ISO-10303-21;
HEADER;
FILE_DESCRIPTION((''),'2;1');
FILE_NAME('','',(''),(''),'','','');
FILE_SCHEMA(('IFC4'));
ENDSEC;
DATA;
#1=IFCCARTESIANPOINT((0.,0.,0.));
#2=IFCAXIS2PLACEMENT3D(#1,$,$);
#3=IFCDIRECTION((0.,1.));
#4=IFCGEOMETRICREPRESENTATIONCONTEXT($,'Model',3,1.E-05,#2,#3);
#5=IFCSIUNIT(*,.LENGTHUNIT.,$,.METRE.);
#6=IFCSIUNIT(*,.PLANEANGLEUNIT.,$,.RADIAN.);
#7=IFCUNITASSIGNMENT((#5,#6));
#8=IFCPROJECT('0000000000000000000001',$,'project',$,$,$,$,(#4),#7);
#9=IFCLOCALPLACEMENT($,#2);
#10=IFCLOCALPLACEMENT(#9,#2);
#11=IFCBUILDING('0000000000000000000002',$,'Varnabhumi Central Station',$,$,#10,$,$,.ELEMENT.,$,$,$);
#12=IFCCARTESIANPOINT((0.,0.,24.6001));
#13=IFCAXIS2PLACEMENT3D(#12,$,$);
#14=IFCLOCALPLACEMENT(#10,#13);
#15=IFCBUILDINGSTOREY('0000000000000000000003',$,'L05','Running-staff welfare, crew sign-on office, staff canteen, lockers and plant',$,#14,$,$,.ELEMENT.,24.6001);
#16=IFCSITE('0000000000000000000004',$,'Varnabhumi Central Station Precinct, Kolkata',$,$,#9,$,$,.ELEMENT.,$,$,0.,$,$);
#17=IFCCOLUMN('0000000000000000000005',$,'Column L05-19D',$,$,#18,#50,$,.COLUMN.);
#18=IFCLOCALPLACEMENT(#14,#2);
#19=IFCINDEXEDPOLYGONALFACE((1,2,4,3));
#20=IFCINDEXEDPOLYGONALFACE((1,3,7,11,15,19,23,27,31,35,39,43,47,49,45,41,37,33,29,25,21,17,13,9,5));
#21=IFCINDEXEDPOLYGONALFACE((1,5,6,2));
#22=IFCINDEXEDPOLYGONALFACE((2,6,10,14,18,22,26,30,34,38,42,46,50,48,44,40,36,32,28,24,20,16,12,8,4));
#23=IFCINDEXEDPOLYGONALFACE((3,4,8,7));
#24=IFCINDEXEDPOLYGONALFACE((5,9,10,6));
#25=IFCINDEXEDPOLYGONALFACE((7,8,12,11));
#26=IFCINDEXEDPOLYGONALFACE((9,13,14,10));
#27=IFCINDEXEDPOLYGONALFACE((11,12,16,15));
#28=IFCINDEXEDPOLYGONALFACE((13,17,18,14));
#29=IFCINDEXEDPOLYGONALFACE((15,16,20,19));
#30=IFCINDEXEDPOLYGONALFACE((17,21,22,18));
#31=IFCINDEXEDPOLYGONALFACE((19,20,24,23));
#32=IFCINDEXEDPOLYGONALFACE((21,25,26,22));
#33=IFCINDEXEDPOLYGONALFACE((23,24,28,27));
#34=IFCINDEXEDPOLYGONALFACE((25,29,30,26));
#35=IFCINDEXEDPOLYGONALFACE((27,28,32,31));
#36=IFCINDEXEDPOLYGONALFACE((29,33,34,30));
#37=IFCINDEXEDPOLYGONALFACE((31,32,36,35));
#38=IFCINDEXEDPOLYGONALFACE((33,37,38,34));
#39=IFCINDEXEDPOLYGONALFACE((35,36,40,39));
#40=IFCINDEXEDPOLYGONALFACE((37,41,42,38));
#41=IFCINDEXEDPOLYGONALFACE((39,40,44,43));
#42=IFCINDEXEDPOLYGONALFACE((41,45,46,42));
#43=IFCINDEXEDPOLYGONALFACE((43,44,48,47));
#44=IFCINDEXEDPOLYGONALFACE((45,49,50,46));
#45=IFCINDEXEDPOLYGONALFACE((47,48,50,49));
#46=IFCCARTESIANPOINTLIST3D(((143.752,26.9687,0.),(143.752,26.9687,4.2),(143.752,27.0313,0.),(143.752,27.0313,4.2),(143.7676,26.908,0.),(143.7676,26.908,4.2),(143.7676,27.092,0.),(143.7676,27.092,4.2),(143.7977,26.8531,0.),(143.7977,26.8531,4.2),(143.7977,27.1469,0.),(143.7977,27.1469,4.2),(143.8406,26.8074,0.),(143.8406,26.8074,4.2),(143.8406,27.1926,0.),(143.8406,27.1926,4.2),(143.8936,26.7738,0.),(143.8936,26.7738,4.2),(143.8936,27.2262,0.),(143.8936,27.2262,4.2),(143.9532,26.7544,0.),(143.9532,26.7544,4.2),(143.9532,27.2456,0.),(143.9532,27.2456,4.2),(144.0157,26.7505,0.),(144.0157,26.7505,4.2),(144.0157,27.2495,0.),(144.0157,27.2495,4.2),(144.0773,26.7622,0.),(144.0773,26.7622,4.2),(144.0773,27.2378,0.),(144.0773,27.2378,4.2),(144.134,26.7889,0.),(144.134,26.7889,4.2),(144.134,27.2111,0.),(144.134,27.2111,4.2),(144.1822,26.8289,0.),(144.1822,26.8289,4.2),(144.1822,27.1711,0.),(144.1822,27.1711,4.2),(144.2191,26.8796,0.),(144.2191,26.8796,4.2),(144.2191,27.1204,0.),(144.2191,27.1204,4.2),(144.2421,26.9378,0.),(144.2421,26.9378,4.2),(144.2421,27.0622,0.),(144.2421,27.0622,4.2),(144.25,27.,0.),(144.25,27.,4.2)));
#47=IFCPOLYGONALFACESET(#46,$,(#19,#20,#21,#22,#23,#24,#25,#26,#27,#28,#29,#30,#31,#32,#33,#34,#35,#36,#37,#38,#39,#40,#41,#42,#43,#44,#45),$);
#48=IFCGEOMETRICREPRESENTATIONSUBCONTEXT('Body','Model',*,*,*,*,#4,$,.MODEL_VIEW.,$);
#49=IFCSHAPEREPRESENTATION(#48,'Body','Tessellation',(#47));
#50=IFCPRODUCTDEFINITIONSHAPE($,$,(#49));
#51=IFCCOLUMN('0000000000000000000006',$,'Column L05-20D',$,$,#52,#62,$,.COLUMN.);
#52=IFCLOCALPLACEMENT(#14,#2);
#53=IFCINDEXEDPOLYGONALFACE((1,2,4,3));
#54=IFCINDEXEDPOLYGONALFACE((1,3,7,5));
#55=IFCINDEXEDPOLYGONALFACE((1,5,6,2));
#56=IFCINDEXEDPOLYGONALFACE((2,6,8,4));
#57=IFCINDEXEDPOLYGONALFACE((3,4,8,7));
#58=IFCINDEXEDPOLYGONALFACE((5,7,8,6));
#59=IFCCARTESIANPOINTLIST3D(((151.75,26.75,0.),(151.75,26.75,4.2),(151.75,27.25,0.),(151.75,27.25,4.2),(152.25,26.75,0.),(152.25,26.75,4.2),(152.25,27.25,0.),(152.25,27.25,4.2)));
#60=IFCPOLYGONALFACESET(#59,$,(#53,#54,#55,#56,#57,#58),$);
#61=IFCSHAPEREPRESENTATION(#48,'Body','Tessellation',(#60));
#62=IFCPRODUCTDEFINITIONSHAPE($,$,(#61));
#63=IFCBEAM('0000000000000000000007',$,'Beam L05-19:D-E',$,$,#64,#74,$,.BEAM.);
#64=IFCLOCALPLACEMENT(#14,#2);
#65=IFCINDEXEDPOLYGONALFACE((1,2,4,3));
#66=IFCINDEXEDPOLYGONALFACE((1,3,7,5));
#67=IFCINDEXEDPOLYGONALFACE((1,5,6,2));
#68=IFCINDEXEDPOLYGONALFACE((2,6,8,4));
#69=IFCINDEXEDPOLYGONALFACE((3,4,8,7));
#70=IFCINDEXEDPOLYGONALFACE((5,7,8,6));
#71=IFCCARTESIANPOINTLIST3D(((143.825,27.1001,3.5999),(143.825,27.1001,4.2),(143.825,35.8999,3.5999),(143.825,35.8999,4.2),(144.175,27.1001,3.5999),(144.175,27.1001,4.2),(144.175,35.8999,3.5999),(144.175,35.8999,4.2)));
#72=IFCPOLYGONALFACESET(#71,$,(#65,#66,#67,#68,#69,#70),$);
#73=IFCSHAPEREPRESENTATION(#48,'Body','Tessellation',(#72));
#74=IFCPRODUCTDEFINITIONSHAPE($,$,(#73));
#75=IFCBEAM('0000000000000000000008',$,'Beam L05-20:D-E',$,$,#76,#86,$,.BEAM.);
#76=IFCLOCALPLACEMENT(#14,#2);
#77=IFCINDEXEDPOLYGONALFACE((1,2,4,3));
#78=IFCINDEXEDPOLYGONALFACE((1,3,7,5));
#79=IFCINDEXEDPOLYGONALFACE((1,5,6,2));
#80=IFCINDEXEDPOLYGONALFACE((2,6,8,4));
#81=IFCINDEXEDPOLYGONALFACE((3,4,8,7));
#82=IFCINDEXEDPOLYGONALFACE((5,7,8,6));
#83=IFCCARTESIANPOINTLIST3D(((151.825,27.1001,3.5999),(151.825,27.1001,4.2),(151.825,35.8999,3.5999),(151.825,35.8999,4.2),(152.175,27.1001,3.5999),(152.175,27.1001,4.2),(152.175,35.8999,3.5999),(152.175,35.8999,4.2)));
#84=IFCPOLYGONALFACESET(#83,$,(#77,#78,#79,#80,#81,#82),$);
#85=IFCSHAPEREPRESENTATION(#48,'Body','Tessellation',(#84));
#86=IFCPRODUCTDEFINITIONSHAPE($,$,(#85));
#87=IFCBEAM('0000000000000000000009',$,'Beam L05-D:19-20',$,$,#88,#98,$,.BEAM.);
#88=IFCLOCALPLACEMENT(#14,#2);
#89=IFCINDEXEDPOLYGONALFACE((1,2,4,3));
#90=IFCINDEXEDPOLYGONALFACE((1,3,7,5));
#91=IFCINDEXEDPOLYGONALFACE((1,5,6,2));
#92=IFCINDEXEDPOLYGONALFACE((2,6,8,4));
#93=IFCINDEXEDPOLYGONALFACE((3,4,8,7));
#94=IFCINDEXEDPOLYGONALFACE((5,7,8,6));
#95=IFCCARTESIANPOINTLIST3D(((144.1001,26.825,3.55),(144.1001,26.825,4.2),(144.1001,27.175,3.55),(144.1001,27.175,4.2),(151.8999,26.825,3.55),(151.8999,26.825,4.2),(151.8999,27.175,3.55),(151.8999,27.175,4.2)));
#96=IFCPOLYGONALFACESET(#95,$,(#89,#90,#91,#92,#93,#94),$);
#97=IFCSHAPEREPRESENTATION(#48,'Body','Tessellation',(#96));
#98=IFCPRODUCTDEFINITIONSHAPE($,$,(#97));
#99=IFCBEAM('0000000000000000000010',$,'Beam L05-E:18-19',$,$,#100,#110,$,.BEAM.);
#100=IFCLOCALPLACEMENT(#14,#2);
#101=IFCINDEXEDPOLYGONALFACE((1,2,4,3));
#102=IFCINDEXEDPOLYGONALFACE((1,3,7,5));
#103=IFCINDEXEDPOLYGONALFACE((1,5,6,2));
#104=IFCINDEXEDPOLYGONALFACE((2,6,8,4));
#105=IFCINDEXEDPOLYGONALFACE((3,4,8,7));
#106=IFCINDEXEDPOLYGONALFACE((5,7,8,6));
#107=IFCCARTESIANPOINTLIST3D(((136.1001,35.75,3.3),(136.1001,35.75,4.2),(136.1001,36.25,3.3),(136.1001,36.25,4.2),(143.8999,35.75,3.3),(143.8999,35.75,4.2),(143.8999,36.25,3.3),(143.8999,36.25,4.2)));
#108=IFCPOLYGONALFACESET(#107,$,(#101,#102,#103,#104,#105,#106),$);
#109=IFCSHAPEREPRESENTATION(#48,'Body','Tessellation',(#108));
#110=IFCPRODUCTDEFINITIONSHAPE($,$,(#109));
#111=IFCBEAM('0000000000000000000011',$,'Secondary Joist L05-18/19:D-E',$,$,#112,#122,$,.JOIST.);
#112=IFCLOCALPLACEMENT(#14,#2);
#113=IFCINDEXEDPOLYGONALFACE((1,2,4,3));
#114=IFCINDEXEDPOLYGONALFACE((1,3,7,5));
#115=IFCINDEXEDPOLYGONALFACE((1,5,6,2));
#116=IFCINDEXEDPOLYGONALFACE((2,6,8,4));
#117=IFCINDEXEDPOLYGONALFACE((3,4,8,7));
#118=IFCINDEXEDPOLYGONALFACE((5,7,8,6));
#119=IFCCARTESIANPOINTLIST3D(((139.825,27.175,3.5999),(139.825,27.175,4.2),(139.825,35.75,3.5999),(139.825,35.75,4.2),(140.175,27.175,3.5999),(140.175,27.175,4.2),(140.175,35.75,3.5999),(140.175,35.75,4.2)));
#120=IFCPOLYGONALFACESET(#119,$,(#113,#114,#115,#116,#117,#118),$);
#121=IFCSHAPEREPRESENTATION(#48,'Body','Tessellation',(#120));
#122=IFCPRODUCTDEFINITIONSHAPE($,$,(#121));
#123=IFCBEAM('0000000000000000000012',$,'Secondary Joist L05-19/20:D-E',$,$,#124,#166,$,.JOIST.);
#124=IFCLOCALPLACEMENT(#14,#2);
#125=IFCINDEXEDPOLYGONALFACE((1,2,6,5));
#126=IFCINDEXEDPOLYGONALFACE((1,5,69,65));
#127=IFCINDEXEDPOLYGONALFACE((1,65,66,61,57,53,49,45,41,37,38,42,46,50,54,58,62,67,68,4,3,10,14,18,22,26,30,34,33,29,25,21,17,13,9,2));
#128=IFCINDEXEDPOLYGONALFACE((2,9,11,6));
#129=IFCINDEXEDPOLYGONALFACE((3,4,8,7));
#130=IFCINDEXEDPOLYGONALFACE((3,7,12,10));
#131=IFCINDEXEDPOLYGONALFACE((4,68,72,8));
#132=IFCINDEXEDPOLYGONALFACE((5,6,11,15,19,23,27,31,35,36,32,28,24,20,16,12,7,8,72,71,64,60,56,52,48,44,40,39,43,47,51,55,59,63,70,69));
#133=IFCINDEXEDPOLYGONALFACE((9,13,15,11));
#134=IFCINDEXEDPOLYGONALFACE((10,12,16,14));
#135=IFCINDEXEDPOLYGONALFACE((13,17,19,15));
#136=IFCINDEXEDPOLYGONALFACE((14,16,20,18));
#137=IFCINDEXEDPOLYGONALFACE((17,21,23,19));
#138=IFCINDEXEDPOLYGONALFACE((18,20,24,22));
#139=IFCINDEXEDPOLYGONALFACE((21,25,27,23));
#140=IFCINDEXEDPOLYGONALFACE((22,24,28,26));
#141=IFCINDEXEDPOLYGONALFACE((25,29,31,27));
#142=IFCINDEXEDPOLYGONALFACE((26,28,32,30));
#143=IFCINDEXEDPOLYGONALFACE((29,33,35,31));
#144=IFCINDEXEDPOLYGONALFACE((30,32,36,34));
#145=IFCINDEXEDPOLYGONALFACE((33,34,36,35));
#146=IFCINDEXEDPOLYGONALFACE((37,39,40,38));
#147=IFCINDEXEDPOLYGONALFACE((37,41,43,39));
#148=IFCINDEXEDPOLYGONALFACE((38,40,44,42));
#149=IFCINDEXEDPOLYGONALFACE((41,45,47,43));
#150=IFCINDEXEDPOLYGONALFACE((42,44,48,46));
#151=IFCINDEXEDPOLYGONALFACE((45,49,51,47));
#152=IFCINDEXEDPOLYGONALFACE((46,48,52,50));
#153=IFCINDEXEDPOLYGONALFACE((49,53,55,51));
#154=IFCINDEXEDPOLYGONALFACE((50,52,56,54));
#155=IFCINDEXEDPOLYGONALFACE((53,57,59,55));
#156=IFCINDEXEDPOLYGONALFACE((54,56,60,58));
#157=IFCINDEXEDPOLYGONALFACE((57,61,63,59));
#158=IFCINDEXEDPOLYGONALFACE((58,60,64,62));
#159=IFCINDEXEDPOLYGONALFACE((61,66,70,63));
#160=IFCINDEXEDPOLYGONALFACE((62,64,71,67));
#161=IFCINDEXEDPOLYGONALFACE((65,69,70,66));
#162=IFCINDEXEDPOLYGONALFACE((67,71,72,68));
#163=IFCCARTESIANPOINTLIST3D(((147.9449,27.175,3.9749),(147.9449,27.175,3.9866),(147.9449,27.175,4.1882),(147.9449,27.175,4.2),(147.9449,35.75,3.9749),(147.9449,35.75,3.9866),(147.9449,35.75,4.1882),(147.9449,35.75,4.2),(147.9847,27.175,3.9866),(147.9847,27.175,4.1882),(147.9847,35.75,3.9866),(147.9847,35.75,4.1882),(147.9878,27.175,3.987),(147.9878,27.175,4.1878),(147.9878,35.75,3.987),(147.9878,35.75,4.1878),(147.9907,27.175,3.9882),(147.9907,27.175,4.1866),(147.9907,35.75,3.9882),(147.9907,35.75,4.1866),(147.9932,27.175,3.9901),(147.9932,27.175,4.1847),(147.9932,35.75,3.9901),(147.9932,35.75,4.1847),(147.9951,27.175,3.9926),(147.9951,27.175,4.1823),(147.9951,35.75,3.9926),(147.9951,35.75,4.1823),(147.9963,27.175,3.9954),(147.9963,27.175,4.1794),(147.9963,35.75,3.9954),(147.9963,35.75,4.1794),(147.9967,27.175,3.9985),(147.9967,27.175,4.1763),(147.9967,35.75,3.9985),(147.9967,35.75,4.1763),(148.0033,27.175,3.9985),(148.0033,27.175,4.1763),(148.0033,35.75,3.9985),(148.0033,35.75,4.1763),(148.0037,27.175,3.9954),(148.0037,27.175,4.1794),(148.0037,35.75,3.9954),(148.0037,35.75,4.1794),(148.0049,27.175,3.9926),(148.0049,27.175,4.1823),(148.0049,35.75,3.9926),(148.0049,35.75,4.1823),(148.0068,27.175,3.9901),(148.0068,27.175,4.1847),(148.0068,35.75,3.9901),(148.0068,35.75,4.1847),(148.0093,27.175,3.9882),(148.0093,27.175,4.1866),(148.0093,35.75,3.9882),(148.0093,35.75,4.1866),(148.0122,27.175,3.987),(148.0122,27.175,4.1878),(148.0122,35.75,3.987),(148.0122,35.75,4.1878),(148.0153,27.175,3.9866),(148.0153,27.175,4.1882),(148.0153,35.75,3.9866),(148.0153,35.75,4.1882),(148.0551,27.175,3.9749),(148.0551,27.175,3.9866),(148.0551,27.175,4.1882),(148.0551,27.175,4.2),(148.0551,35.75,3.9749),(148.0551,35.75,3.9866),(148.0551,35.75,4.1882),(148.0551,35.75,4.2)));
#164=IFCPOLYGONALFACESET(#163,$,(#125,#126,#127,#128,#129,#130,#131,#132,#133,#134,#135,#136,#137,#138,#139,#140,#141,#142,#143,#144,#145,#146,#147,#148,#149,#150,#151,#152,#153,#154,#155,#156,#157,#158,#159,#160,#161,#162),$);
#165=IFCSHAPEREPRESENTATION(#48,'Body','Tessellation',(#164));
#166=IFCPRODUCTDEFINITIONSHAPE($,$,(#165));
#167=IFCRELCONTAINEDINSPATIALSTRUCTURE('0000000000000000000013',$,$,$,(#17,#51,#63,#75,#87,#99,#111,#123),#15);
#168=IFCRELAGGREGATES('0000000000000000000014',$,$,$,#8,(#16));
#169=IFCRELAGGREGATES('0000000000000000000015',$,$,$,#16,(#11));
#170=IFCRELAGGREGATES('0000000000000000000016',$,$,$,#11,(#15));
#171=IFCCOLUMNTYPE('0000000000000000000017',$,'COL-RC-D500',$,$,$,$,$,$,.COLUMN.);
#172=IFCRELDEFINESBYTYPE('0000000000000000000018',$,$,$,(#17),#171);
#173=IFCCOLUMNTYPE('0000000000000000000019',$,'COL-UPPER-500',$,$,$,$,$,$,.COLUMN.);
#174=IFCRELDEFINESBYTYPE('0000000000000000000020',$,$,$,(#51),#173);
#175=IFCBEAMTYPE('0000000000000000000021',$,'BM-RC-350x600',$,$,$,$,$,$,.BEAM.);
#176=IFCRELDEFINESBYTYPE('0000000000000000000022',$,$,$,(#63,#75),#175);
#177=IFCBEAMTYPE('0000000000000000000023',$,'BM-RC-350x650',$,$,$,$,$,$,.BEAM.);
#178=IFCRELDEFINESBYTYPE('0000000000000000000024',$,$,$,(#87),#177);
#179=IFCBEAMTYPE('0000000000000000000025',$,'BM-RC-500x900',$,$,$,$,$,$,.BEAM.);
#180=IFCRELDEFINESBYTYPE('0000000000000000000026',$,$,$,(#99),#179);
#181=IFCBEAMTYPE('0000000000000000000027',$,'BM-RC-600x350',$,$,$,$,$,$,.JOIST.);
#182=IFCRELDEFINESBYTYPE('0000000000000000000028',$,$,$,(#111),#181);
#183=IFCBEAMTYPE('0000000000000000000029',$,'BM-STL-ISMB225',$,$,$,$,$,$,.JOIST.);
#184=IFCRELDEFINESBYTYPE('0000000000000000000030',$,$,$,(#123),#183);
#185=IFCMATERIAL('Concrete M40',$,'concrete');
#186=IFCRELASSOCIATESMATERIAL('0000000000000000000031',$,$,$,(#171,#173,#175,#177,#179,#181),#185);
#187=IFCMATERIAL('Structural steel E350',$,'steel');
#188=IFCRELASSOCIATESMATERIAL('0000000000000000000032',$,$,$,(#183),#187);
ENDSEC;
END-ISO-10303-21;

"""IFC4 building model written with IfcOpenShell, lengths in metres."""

from ifc_helpers import new_model, si_unit, direction, frame, origin, origin_2d, place, context, subcontext, project, spatial, rectangle, circle, i_section, extrude, material, material_profile, profile_set, type_object, element, save


model = new_model("IFC4")

# Units and contexts
model_context = context("Model", 3, precision=1e-05, world=origin(), true_north=direction((0.0, 1.0)))
body_context = subcontext(model_context, "Body", "Model", "MODEL_VIEW")
ifc_project = project(units=[si_unit("LENGTHUNIT", "METRE"), si_unit("PLANEANGLEUNIT", "RADIAN")], contexts=[model_context])

# Site, building, storey
site_placement = place(None, origin())
site = spatial("IfcSite", under=ifc_project, at=site_placement, Name="Varnabhumi Central Station Precinct, Kolkata", CompositionType="ELEMENT", RefElevation=0.0)
building_placement = place(site_placement, origin())
building = spatial("IfcBuilding", under=site, at=building_placement, Name="Varnabhumi Central Station", CompositionType="ELEMENT")
storey_placement = place(building_placement, frame((0.0, 0.0, 24.6001)))
storey = spatial("IfcBuildingStorey", under=building, at=storey_placement, Name="L05", Description="Running-staff welfare, crew sign-on office, staff canteen, lockers and plant", CompositionType="ELEMENT", Elevation=24.6001)

# Columns
ifc_material_1 = material(Name="Concrete M40", Category="concrete")
ifc_material_profile_1 = material_profile(ifc_material_1, circle(Radius=0.25, at=origin_2d()), Name="Concrete M40", Category="concrete")
ifc_profile_set_1 = profile_set([ifc_material_profile_1], Name="Concrete M40")
column_type_1 = type_object("IfcColumnType", Name="COL-RC-D500", PredefinedType="COLUMN", material=ifc_profile_set_1)
column_1_placement = place(storey_placement, frame((144.0, 27.0, 0.0), z_axis=(0.0, 0.0, 1.0), x_axis=(1.0, 0.0, 0.0)))
element("IfcColumn", 1, at=column_1_placement, inside=storey, type_object=column_type_1, Name="Column L05-19D", PredefinedType="COLUMN", context=body_context, shape_type="SweptSolid", body=[
    extrude(circle(Radius=0.25, at=origin_2d()), origin(), (0.0, 0.0, 1.0), 4.2),
])
ifc_material_profile_2 = material_profile(ifc_material_1, rectangle(XDim=0.5, YDim=0.5, at=origin_2d()), Name="Concrete M40", Category="concrete")
ifc_profile_set_2 = profile_set([ifc_material_profile_2], Name="Concrete M40")
column_type_2 = type_object("IfcColumnType", Name="COL-UPPER-500", PredefinedType="COLUMN", material=ifc_profile_set_2)
column_2_placement = place(storey_placement, frame((152.0, 27.0, 0.0), z_axis=(0.0, 0.0, 1.0), x_axis=(1.0, 0.0, 0.0)))
element("IfcColumn", 2, at=column_2_placement, inside=storey, type_object=column_type_2, Name="Column L05-20D", PredefinedType="COLUMN", context=body_context, shape_type="SweptSolid", body=[
    extrude(rectangle(XDim=0.5, YDim=0.5, at=origin_2d()), origin(), (0.0, 0.0, 1.0), 4.2),
])

# Beams
ifc_material_profile_3 = material_profile(ifc_material_1, rectangle(XDim=0.3501, YDim=0.6001, at=origin_2d()), Name="Concrete M40", Category="concrete")
ifc_profile_set_3 = profile_set([ifc_material_profile_3], Name="Concrete M40")
beam_type_1 = type_object("IfcBeamType", Name="BM-RC-350x600", PredefinedType="BEAM", material=ifc_profile_set_3)
for number, where, z_axis, x_axis, name in (
    (3, (144.0, 27.1001, 3.8999), (0.0, 1.0, 0.0), (-1.0, 0.0, 0.0), "Beam L05-19:D-E"),
    (4, (152.0, 27.1001, 3.8999), (0.0, 1.0, 0.0), (-1.0, 0.0, 0.0), "Beam L05-20:D-E"),
):
    element("IfcBeam", number, at=place(storey_placement, frame(where, z_axis=z_axis, x_axis=x_axis)), inside=storey, type_object=beam_type_1, Name=name, PredefinedType="BEAM", context=body_context, shape_type="SweptSolid", body=[
        extrude(rectangle(XDim=0.3501, YDim=0.6001, at=origin_2d()), origin(), (0.0, 0.0, 1.0), 8.7998),
    ])
ifc_material_profile_4 = material_profile(ifc_material_1, rectangle(XDim=0.3501, YDim=0.6499, at=origin_2d()), Name="Concrete M40", Category="concrete")
ifc_profile_set_4 = profile_set([ifc_material_profile_4], Name="Concrete M40")
beam_type_2 = type_object("IfcBeamType", Name="BM-RC-350x650", PredefinedType="BEAM", material=ifc_profile_set_4)
beam_1_placement = place(storey_placement, frame((144.1001, 27.0, 3.875), z_axis=(1.0, 0.0, 0.0), x_axis=(0.0, 1.0, 0.0)))
element("IfcBeam", 5, at=beam_1_placement, inside=storey, type_object=beam_type_2, Name="Beam L05-D:19-20", PredefinedType="BEAM", context=body_context, shape_type="SweptSolid", body=[
    extrude(rectangle(XDim=0.3501, YDim=0.6499, at=origin_2d()), origin(), (0.0, 0.0, 1.0), 7.7998),
])
ifc_material_profile_5 = material_profile(ifc_material_1, rectangle(XDim=0.5, YDim=0.8999, at=origin_2d()), Name="Concrete M40", Category="concrete")
ifc_profile_set_5 = profile_set([ifc_material_profile_5], Name="Concrete M40")
beam_type_3 = type_object("IfcBeamType", Name="BM-RC-500x900", PredefinedType="BEAM", material=ifc_profile_set_5)
beam_2_placement = place(storey_placement, frame((136.1001, 36.0, 3.75), z_axis=(1.0, 0.0, 0.0), x_axis=(0.0, 1.0, 0.0)))
element("IfcBeam", 6, at=beam_2_placement, inside=storey, type_object=beam_type_3, Name="Beam L05-E:18-19", PredefinedType="BEAM", context=body_context, shape_type="SweptSolid", body=[
    extrude(rectangle(XDim=0.5, YDim=0.8999, at=origin_2d()), origin(), (0.0, 0.0, 1.0), 7.7998),
])
ifc_material_profile_6 = material_profile(ifc_material_1, rectangle(XDim=0.3501, YDim=0.6001, at=origin_2d()), Name="Concrete M40", Category="concrete")
ifc_profile_set_6 = profile_set([ifc_material_profile_6], Name="Concrete M40")
beam_type_4 = type_object("IfcBeamType", Name="BM-RC-600x350", PredefinedType="JOIST", material=ifc_profile_set_6)
beam_3_placement = place(storey_placement, frame((140.0, 27.175, 3.8999), z_axis=(0.0, 1.0, 0.0), x_axis=(-1.0, 0.0, 0.0)))
element("IfcBeam", 7, at=beam_3_placement, inside=storey, type_object=beam_type_4, Name="Secondary Joist L05-18/19:D-E", PredefinedType="JOIST", context=body_context, shape_type="SweptSolid", body=[
    extrude(rectangle(XDim=0.3501, YDim=0.6001, at=origin_2d()), origin(), (0.0, 0.0, 1.0), 8.575),
])
ifc_material_2 = material(Name="Structural steel E350", Category="steel")
ifc_material_profile_7 = material_profile(ifc_material_2, i_section(OverallWidth=0.1101, OverallDepth=0.2251, WebThickness=0.0066, FlangeThickness=0.0117, FilletRadius=0.012, at=origin_2d()), Name="Structural steel E350", Category="steel")
ifc_profile_set_7 = profile_set([ifc_material_profile_7], Name="Structural steel E350")
beam_type_5 = type_object("IfcBeamType", Name="BM-STL-ISMB225", PredefinedType="JOIST", material=ifc_profile_set_7)
beam_4_placement = place(storey_placement, frame((148.0, 27.175, 4.0874), z_axis=(0.0, 1.0, 0.0), x_axis=(-1.0, 0.0, 0.0)))
element("IfcBeam", 8, at=beam_4_placement, inside=storey, type_object=beam_type_5, Name="Secondary Joist L05-19/20:D-E", PredefinedType="JOIST", context=body_context, shape_type="SweptSolid", body=[
    extrude(i_section(OverallWidth=0.1101, OverallDepth=0.2251, WebThickness=0.0066, FlangeThickness=0.0117, FilletRadius=0.012, at=origin_2d()), origin(), (0.0, 0.0, 1.0), 8.575),
])

save(model, "model.ifc")
